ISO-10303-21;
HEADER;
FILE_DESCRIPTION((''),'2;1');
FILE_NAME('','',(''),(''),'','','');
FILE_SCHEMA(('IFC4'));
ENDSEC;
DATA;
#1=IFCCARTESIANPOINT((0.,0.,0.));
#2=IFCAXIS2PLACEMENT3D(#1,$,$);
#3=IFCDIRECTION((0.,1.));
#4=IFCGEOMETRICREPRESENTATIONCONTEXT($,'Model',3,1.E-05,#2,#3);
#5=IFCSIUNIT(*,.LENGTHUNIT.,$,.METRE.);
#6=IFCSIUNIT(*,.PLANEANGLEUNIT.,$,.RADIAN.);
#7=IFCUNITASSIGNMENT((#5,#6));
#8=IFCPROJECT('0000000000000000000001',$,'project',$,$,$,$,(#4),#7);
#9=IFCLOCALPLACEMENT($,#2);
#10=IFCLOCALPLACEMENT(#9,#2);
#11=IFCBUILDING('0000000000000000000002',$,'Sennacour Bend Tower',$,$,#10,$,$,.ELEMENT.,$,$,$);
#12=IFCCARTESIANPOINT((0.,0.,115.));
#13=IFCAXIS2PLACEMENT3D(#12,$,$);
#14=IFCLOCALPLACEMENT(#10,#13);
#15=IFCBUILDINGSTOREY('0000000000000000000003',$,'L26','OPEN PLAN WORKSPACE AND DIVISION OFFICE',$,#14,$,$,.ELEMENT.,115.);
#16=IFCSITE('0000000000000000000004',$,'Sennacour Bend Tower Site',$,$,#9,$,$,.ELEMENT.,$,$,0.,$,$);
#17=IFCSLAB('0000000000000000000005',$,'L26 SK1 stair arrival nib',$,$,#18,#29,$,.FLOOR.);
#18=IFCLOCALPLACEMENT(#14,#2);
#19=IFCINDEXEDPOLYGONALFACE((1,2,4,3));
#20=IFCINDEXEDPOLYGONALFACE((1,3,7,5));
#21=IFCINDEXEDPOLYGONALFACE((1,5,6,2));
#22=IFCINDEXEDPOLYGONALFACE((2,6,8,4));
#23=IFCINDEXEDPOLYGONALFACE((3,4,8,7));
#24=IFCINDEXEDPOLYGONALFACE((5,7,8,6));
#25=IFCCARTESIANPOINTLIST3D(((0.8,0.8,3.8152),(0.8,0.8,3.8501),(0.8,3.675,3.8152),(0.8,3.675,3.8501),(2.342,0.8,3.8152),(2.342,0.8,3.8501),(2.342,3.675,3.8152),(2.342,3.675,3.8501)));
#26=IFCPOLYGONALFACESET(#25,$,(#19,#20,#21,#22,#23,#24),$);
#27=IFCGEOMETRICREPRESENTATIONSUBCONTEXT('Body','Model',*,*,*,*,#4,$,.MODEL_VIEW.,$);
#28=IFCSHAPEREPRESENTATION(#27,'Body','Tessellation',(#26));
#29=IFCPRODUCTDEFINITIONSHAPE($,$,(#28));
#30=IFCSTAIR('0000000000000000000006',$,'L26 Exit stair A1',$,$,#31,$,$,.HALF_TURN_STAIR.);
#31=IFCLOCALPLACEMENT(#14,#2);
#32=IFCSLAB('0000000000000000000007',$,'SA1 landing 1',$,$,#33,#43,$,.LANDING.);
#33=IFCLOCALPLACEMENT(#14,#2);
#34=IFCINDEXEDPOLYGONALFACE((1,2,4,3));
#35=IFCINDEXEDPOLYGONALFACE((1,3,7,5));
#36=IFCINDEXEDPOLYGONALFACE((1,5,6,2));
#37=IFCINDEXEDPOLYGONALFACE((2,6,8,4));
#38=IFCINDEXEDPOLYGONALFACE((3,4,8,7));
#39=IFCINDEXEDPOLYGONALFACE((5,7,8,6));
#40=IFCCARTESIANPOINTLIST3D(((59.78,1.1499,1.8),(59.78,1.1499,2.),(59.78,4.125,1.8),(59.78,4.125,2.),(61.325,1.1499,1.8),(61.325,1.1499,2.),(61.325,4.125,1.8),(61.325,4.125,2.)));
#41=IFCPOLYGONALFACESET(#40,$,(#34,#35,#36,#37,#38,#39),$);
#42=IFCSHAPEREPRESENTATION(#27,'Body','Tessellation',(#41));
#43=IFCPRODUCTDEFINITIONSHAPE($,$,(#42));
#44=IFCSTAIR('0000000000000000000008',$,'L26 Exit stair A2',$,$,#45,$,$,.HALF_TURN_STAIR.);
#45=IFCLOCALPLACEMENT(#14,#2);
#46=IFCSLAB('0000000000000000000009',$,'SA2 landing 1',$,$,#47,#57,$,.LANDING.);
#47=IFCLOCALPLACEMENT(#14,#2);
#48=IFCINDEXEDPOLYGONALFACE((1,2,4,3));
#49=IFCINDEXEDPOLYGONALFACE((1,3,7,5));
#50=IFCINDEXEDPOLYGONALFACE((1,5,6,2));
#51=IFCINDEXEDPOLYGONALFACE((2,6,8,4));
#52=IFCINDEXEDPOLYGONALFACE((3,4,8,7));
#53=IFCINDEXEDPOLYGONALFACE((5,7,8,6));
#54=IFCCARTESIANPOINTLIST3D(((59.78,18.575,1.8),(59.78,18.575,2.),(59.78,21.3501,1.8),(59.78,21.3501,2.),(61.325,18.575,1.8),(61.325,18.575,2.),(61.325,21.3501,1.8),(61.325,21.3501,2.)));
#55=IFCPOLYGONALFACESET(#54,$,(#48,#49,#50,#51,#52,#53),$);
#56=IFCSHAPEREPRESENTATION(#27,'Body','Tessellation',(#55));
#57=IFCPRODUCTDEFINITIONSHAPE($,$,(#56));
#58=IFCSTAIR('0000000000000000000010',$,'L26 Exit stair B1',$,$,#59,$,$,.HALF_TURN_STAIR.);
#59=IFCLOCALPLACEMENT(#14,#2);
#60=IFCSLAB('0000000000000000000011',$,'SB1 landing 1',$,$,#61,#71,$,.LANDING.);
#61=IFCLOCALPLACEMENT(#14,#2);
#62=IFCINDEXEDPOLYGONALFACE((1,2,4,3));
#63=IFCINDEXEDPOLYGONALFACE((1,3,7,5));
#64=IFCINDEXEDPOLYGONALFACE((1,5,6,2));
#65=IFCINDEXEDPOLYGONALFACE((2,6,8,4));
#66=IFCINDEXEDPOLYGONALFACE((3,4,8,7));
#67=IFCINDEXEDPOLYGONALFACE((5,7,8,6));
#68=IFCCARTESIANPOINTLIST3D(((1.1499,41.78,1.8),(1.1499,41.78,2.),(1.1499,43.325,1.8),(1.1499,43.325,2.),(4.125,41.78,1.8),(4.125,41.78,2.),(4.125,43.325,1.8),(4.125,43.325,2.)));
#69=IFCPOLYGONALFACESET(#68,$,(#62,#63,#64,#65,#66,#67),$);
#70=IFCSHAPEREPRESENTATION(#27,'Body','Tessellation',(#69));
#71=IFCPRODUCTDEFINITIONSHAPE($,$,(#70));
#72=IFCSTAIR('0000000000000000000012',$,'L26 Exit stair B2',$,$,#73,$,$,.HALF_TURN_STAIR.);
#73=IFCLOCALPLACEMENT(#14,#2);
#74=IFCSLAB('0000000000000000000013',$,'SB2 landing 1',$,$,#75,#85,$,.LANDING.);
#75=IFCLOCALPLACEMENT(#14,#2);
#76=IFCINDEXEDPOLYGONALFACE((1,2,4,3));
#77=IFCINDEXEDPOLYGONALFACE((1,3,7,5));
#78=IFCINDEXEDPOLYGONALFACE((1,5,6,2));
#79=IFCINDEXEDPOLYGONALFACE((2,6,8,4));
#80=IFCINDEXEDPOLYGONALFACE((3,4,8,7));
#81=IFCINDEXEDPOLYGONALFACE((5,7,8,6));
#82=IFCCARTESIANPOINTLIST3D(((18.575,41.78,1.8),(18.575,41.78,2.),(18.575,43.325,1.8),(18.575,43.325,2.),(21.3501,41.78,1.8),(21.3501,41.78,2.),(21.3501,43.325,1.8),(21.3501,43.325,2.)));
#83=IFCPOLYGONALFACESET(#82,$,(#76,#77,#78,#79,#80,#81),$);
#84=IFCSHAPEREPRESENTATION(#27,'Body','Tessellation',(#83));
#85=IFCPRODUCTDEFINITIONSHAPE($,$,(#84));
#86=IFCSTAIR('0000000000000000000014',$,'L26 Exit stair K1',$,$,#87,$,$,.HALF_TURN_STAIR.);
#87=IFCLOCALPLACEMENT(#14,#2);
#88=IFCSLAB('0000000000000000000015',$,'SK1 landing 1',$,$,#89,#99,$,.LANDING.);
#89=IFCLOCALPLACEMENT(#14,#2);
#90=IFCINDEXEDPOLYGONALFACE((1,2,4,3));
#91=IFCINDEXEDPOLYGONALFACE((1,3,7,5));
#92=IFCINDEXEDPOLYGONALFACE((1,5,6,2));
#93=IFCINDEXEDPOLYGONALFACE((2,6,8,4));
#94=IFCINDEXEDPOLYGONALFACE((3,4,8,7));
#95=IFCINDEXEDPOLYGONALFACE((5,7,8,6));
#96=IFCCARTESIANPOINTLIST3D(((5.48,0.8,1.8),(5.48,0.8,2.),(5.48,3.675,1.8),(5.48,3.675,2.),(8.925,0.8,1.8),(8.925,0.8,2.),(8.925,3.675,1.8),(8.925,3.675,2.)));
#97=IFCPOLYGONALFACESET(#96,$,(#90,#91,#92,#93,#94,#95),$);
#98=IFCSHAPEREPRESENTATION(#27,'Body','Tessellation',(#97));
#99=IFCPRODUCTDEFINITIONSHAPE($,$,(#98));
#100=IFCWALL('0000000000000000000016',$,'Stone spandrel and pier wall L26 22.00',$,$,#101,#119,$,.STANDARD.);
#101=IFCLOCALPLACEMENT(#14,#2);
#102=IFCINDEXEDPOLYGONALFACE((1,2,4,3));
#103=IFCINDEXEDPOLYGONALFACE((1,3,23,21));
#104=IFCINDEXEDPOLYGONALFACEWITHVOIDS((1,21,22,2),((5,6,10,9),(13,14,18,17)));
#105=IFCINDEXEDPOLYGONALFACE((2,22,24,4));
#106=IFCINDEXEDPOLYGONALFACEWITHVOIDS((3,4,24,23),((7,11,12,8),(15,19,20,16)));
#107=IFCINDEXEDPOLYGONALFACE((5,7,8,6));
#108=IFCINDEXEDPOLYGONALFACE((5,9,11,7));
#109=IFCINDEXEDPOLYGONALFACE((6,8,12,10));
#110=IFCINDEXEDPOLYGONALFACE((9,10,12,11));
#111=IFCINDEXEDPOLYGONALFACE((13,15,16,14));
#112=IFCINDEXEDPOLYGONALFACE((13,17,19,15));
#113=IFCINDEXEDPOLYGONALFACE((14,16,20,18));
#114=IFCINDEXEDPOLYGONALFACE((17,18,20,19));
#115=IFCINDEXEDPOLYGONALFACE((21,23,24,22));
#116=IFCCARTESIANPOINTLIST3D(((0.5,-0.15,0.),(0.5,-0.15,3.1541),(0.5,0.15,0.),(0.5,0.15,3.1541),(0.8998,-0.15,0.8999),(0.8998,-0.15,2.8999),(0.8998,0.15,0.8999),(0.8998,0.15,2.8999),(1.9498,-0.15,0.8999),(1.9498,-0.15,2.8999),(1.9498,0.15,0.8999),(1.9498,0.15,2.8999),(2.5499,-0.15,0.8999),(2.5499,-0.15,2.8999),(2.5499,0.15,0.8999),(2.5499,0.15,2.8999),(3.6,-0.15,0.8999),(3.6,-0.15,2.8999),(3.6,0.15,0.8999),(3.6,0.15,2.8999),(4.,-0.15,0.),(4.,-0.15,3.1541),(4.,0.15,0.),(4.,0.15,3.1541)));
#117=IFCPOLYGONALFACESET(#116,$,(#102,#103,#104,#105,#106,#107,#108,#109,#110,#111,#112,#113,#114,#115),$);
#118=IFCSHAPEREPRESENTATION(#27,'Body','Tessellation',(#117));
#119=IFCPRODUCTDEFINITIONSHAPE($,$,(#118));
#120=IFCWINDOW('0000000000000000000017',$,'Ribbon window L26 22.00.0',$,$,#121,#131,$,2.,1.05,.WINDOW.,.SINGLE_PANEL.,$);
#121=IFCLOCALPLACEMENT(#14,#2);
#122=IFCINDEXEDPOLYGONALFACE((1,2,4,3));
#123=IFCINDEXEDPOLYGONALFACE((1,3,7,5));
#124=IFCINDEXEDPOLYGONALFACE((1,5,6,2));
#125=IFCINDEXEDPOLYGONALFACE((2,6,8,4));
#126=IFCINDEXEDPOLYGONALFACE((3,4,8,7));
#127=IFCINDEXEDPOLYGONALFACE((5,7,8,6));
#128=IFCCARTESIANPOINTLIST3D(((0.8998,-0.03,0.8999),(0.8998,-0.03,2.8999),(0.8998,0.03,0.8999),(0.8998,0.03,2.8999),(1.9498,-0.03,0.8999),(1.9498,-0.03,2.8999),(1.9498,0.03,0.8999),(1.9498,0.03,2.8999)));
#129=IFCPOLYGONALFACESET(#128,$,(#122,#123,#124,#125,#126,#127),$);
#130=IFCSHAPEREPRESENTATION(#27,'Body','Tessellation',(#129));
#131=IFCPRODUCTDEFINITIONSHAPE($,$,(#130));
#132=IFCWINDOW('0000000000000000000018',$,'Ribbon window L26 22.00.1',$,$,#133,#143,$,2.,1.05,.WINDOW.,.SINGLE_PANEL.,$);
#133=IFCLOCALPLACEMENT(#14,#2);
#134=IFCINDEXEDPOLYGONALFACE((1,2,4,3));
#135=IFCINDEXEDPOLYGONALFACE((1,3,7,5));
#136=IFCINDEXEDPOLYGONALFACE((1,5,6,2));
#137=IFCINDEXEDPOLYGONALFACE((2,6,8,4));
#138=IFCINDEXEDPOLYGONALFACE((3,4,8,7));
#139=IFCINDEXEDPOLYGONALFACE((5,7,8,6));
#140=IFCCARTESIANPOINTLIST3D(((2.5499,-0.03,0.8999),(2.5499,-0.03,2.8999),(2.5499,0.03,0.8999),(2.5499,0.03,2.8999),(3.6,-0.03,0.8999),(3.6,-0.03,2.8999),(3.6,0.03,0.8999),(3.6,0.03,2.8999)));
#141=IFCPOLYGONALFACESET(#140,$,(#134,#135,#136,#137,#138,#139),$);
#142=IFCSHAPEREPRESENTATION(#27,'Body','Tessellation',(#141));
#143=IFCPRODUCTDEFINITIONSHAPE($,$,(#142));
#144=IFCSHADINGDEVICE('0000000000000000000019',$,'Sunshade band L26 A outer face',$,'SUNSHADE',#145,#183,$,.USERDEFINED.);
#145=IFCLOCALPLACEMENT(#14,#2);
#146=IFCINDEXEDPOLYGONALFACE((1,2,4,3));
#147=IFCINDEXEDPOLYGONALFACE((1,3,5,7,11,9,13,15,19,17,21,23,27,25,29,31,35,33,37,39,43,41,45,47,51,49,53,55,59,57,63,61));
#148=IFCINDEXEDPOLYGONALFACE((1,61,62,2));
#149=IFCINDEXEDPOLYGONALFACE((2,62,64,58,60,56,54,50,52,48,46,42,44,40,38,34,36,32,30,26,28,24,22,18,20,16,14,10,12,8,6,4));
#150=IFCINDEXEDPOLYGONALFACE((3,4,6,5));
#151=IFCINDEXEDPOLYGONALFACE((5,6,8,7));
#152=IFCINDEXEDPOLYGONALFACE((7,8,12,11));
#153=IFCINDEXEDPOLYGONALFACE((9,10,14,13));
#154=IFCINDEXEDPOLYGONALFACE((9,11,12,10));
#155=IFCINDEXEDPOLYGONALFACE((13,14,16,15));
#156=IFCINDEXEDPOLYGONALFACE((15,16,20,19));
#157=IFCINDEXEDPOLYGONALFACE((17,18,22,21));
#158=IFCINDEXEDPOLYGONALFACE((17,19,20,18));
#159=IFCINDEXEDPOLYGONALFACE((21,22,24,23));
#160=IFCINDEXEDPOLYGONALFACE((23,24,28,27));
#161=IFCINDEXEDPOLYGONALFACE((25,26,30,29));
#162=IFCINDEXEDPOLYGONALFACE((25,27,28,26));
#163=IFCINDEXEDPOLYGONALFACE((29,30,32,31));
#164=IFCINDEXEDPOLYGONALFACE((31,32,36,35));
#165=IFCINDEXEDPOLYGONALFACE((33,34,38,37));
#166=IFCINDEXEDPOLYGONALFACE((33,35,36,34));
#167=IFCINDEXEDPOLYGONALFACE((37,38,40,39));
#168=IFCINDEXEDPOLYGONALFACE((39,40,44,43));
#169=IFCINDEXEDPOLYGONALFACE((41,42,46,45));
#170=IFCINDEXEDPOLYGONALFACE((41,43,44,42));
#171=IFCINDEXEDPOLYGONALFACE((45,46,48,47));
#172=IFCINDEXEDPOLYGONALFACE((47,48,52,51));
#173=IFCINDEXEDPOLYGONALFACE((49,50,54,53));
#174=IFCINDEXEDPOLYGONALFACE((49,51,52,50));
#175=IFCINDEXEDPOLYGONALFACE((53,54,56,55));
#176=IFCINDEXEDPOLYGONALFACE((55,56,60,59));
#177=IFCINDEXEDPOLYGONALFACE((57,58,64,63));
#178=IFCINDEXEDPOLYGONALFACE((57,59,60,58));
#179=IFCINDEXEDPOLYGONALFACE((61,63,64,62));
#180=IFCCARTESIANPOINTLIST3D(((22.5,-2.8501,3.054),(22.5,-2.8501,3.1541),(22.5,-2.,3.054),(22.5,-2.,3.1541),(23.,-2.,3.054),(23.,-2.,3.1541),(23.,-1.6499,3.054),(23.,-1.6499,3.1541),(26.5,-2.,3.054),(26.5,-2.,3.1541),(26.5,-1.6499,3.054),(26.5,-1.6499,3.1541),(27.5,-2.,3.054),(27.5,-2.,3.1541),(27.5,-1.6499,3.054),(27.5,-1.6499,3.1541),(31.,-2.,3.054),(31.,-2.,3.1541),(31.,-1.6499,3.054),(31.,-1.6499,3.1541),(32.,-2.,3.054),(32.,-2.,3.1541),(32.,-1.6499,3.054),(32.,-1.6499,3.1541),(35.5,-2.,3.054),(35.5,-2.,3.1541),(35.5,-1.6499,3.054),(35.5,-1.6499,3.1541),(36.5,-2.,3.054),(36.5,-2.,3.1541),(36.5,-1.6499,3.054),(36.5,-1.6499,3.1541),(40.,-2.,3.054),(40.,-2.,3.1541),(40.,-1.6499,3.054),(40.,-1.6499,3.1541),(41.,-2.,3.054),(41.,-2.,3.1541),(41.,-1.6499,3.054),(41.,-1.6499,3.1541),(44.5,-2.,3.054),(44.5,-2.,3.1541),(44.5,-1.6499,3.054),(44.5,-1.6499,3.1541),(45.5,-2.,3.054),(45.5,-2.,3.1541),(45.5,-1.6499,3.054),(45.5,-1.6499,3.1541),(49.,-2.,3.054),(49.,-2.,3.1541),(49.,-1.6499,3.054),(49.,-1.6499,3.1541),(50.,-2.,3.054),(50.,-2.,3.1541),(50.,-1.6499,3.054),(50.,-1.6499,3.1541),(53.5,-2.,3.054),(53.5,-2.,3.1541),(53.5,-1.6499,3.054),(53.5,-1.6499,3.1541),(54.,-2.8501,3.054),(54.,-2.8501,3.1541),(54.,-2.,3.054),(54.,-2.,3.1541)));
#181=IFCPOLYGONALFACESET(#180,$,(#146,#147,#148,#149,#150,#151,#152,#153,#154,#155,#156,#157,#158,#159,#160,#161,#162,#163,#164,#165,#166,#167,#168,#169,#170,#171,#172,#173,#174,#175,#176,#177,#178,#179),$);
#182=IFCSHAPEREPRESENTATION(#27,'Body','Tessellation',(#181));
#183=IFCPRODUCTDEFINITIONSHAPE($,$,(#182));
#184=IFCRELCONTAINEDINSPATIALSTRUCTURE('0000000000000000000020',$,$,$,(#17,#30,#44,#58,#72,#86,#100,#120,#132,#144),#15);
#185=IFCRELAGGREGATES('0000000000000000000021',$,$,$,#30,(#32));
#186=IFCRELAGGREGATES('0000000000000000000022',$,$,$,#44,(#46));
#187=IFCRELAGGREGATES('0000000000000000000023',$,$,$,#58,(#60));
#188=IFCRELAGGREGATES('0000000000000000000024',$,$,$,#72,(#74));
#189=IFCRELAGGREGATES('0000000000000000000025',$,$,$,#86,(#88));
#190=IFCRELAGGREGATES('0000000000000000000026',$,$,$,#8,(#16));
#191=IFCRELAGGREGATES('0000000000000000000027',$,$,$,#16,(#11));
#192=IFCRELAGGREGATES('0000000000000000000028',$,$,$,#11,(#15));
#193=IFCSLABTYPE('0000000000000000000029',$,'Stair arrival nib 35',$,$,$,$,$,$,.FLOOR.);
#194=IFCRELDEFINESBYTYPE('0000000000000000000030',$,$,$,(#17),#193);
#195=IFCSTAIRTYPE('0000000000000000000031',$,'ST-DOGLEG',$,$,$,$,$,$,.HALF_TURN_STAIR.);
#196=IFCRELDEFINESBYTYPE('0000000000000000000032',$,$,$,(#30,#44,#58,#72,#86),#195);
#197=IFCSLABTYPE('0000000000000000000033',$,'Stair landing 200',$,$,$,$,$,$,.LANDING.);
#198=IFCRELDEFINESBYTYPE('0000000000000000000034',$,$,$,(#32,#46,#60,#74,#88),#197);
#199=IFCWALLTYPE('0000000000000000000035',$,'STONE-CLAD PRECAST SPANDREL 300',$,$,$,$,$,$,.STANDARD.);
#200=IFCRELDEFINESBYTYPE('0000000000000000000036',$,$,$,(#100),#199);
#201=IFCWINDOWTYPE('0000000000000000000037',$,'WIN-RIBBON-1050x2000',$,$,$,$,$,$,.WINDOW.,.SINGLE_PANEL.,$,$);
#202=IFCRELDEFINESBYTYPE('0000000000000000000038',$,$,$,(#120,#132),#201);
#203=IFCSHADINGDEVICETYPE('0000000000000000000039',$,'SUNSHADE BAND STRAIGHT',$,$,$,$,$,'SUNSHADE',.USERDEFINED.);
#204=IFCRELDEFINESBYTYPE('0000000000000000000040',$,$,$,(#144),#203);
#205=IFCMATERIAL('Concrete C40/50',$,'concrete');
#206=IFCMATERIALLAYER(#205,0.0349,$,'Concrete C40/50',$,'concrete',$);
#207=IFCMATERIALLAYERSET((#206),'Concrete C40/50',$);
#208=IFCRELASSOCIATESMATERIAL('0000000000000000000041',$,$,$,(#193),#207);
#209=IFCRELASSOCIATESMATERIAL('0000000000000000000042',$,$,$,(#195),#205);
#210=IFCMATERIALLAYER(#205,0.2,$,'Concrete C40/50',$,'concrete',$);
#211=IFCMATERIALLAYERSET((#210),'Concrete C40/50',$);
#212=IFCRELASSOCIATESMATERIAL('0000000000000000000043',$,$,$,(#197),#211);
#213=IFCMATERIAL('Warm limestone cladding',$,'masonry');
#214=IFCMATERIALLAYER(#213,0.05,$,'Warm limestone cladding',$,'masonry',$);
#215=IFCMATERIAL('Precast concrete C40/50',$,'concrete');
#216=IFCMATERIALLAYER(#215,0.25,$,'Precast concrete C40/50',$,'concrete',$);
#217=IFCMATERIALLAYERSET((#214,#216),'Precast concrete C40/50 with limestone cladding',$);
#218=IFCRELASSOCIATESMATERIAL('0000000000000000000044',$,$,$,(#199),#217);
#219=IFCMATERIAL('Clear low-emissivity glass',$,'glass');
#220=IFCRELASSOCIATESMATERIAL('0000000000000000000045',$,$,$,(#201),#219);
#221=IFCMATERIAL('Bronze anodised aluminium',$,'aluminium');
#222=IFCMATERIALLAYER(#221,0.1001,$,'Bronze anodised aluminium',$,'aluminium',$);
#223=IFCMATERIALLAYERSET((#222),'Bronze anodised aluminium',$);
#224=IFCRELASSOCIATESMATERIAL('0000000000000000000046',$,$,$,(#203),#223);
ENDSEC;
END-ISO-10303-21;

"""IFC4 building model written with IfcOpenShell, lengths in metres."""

from ifc_helpers import new_model, si_unit, direction, frame, frame_2d, origin, place, context, subcontext, project, spatial, polyline, rectangle, outline, extrude, material, layer, layer_set, type_object, element, fill, aggregate, save


model = new_model("IFC4")

# Units and contexts
model_context = context("Model", 3, precision=1e-05, world=origin(), true_north=direction((0.0, 1.0)))
body_context = subcontext(model_context, "Body", "Model", "MODEL_VIEW")
ifc_project = project(units=[si_unit("LENGTHUNIT", "METRE"), si_unit("PLANEANGLEUNIT", "RADIAN")], contexts=[model_context])

# Site, building, storey
site_placement = place(None, origin())
site = spatial("IfcSite", under=ifc_project, at=site_placement, Name="Sennacour Bend Tower Site", CompositionType="ELEMENT", RefElevation=0.0)
building_placement = place(site_placement, origin())
building = spatial("IfcBuilding", under=site, at=building_placement, Name="Sennacour Bend Tower", CompositionType="ELEMENT")
storey_placement = place(building_placement, frame((0.0, 0.0, 115.0)))
storey = spatial("IfcBuildingStorey", under=building, at=storey_placement, Name="L26", Description="OPEN PLAN WORKSPACE AND DIVISION OFFICE", CompositionType="ELEMENT", Elevation=115.0)

# Slab
ifc_material_1 = material(Name="Concrete C40/50", Category="concrete")
ifc_layer_1 = layer(ifc_material_1, 0.0349, Name="Concrete C40/50", Category="concrete")
ifc_layer_set_1 = layer_set([ifc_layer_1], Name="Concrete C40/50")
slab_type_1 = type_object("IfcSlabType", Name="Stair arrival nib 35", PredefinedType="FLOOR", material=ifc_layer_set_1)
slab_1_placement = place(storey_placement, frame((0.0, 0.0, 3.8152)))
element("IfcSlab", 1, at=slab_1_placement, inside=storey, type_object=slab_type_1, Name="L26 SK1 stair arrival nib", PredefinedType="FLOOR", context=body_context, shape_type="SweptSolid", body=[
    extrude(outline(polyline([(2.342, 3.675), (0.8, 3.675), (0.8, 0.8), (2.342, 0.8), (2.342, 3.675)])), origin(), (0.0, 0.0, 1.0), 0.0349),
])

# Stairs, slabs
stair_type = type_object("IfcStairType", Name="ST-DOGLEG", PredefinedType="HALF_TURN_STAIR", material=ifc_material_1)
stair_1_placement = place(storey_placement, origin())
stair_1 = element("IfcStair", 2, at=stair_1_placement, inside=storey, type_object=stair_type, Name="L26 Exit stair A1", PredefinedType="HALF_TURN_STAIR")
ifc_layer_2 = layer(ifc_material_1, 0.2, Name="Concrete C40/50", Category="concrete")
ifc_layer_set_2 = layer_set([ifc_layer_2], Name="Concrete C40/50")
slab_type_2 = type_object("IfcSlabType", Name="Stair landing 200", PredefinedType="LANDING", material=ifc_layer_set_2)
slab_2_placement = place(storey_placement, frame((0.0, 0.0, 1.8)))
slab_2 = element("IfcSlab", 3, at=slab_2_placement, type_object=slab_type_2, Name="SA1 landing 1", PredefinedType="LANDING", context=body_context, shape_type="SweptSolid", body=[
    extrude(outline(polyline([(59.78, 1.1499), (61.325, 1.1499), (61.325, 4.125), (59.78, 4.125), (59.78, 1.1499)])), origin(), (0.0, 0.0, 1.0), 0.2),
])
aggregate(stair_1, [slab_2])
stair_2_placement = place(storey_placement, origin())
stair_2 = element("IfcStair", 4, at=stair_2_placement, inside=storey, type_object=stair_type, Name="L26 Exit stair A2", PredefinedType="HALF_TURN_STAIR")
slab_3_placement = place(storey_placement, frame((0.0, 0.0, 1.8)))
slab_3 = element("IfcSlab", 5, at=slab_3_placement, type_object=slab_type_2, Name="SA2 landing 1", PredefinedType="LANDING", context=body_context, shape_type="SweptSolid", body=[
    extrude(outline(polyline([(59.78, 18.575), (61.325, 18.575), (61.325, 21.3501), (59.78, 21.3501), (59.78, 18.575)])), origin(), (0.0, 0.0, 1.0), 0.2),
])
aggregate(stair_2, [slab_3])
stair_3_placement = place(storey_placement, origin())
stair_3 = element("IfcStair", 6, at=stair_3_placement, inside=storey, type_object=stair_type, Name="L26 Exit stair B1", PredefinedType="HALF_TURN_STAIR")
slab_4_placement = place(storey_placement, frame((0.0, 0.0, 1.8)))
slab_4 = element("IfcSlab", 7, at=slab_4_placement, type_object=slab_type_2, Name="SB1 landing 1", PredefinedType="LANDING", context=body_context, shape_type="SweptSolid", body=[
    extrude(outline(polyline([(1.1499, 41.78), (4.125, 41.78), (4.125, 43.325), (1.1499, 43.325), (1.1499, 41.78)])), origin(), (0.0, 0.0, 1.0), 0.2),
])
aggregate(stair_3, [slab_4])
stair_4_placement = place(storey_placement, origin())
stair_4 = element("IfcStair", 8, at=stair_4_placement, inside=storey, type_object=stair_type, Name="L26 Exit stair B2", PredefinedType="HALF_TURN_STAIR")
slab_5_placement = place(storey_placement, frame((0.0, 0.0, 1.8)))
slab_5 = element("IfcSlab", 9, at=slab_5_placement, type_object=slab_type_2, Name="SB2 landing 1", PredefinedType="LANDING", context=body_context, shape_type="SweptSolid", body=[
    extrude(outline(polyline([(18.575, 41.78), (21.3501, 41.78), (21.3501, 43.325), (18.575, 43.325), (18.575, 41.78)])), origin(), (0.0, 0.0, 1.0), 0.2),
])
aggregate(stair_4, [slab_5])
stair_5_placement = place(storey_placement, origin())
stair_5 = element("IfcStair", 10, at=stair_5_placement, inside=storey, type_object=stair_type, Name="L26 Exit stair K1", PredefinedType="HALF_TURN_STAIR")
slab_6_placement = place(storey_placement, frame((0.0, 0.0, 1.8)))
slab_6 = element("IfcSlab", 11, at=slab_6_placement, type_object=slab_type_2, Name="SK1 landing 1", PredefinedType="LANDING", context=body_context, shape_type="SweptSolid", body=[
    extrude(outline(polyline([(5.48, 0.8), (8.925, 0.8), (8.925, 3.675), (5.48, 3.675), (5.48, 0.8)])), origin(), (0.0, 0.0, 1.0), 0.2),
])
aggregate(stair_5, [slab_6])

# Wall, openings, windows
ifc_material_2 = material(Name="Warm limestone cladding", Category="masonry")
ifc_layer_3 = layer(ifc_material_2, 0.05, Name="Warm limestone cladding", Category="masonry")
ifc_material_3 = material(Name="Precast concrete C40/50", Category="concrete")
ifc_layer_4 = layer(ifc_material_3, 0.25, Name="Precast concrete C40/50", Category="concrete")
ifc_layer_set_3 = layer_set([ifc_layer_3, ifc_layer_4], Name="Precast concrete C40/50 with limestone cladding")
wall_type = type_object("IfcWallType", Name="STONE-CLAD PRECAST SPANDREL 300", PredefinedType="STANDARD", material=ifc_layer_set_3)
wall_placement = place(storey_placement, frame((0.5, 0.0, 0.0), z_axis=(0.0, 0.0, 1.0), x_axis=(1.0, 0.0, 0.0)))
wall = element("IfcWall", 12, at=wall_placement, inside=storey, type_object=wall_type, Name="Stone spandrel and pier wall L26 22.00", PredefinedType="STANDARD", context=body_context, shape_type="SweptSolid", body=[
    extrude(rectangle(XDim=3.5, YDim=0.3, at=frame_2d((1.75, 0.0))), origin(), (0.0, 0.0, 1.0), 3.1541),
])
opening_1_placement = place(wall_placement, frame((0.3999, 0.0, 0.8999)))
opening_1 = element("IfcOpeningElement", 13, at=opening_1_placement, cuts=wall, PredefinedType="OPENING", context=body_context, shape_type="SweptSolid", body=[
    extrude(rectangle(XDim=1.05, YDim=2.0, at=frame_2d((0.5249, 1.0))), frame((0.0, 0.1602, 0.0), z_axis=(0.0, -1.0, 0.0), x_axis=(1.0, 0.0, 0.0)), (0.0, 0.0, 1.0), 0.3201),
])
opening_2_placement = place(wall_placement, frame((2.05, 0.0, 0.8999)))
opening_2 = element("IfcOpeningElement", 14, at=opening_2_placement, cuts=wall, PredefinedType="OPENING", context=body_context, shape_type="SweptSolid", body=[
    extrude(rectangle(XDim=1.05, YDim=2.0, at=frame_2d((0.5249, 1.0))), frame((0.0, 0.1602, 0.0), z_axis=(0.0, -1.0, 0.0), x_axis=(1.0, 0.0, 0.0)), (0.0, 0.0, 1.0), 0.3201),
])
ifc_material_4 = material(Name="Clear low-emissivity glass", Category="glass")
window_type = type_object("IfcWindowType", Name="WIN-RIBBON-1050x2000", PartitioningType="SINGLE_PANEL", PredefinedType="WINDOW", material=ifc_material_4)
window_1_placement = place(opening_1_placement, origin())
window_1 = element("IfcWindow", 15, at=window_1_placement, inside=storey, type_object=window_type, Name="Ribbon window L26 22.00.0", OverallHeight=2.0, OverallWidth=1.05, PartitioningType="SINGLE_PANEL", PredefinedType="WINDOW", context=body_context, shape_type="SweptSolid", body=[
    extrude(rectangle(XDim=1.05, YDim=2.0, at=frame_2d((0.5249, 1.0))), frame((0.0, 0.03, 0.0), z_axis=(0.0, -1.0, 0.0), x_axis=(1.0, 0.0, 0.0)), (0.0, 0.0, 1.0), 0.0601),
])
fill(opening_1, window_1)
window_2_placement = place(opening_2_placement, origin())
window_2 = element("IfcWindow", 16, at=window_2_placement, inside=storey, type_object=window_type, Name="Ribbon window L26 22.00.1", OverallHeight=2.0, OverallWidth=1.05, PartitioningType="SINGLE_PANEL", PredefinedType="WINDOW", context=body_context, shape_type="SweptSolid", body=[
    extrude(rectangle(XDim=1.05, YDim=2.0, at=frame_2d((0.5249, 1.0))), frame((0.0, 0.03, 0.0), z_axis=(0.0, -1.0, 0.0), x_axis=(1.0, 0.0, 0.0)), (0.0, 0.0, 1.0), 0.0601),
])
fill(opening_2, window_2)

# Shading device
ifc_material_5 = material(Name="Bronze anodised aluminium", Category="aluminium")
ifc_layer_5 = layer(ifc_material_5, 0.1001, Name="Bronze anodised aluminium", Category="aluminium")
ifc_layer_set_4 = layer_set([ifc_layer_5], Name="Bronze anodised aluminium")
shading_device_type_1 = type_object("IfcShadingDeviceType", Name="SUNSHADE BAND STRAIGHT", ElementType="SUNSHADE", PredefinedType="USERDEFINED", material=ifc_layer_set_4)
shading_device_1_placement = place(storey_placement, frame((0.0, 0.0, 3.054)))
element("IfcShadingDevice", 17, at=shading_device_1_placement, inside=storey, type_object=shading_device_type_1, Name="Sunshade band L26 A outer face", ObjectType="SUNSHADE", PredefinedType="USERDEFINED", context=body_context, shape_type="SweptSolid", body=[
    extrude(outline(polyline([(26.5, -1.6499), (26.5, -2.0), (27.5, -2.0), (27.5, -1.6499), (31.0, -1.6499), (31.0, -2.0), (32.0, -2.0), (32.0, -1.6499), (35.5, -1.6499), (35.5, -2.0), (36.5, -2.0), (36.5, -1.6499), (40.0, -1.6499), (40.0, -2.0), (41.0, -2.0), (41.0, -1.6499), (44.5, -1.6499), (44.5, -2.0), (45.5, -2.0), (45.5, -1.6499), (49.0, -1.6499), (49.0, -2.0), (50.0, -2.0), (50.0, -1.6499), (53.5, -1.6499), (53.5, -2.0), (54.0, -2.0), (54.0, -2.8501), (22.5, -2.8501), (22.5, -2.0), (23.0, -2.0), (23.0, -1.6499), (26.5, -1.6499)])), origin(), (0.0, 0.0, 1.0), 0.1001),
])

save(model, "model.ifc")
